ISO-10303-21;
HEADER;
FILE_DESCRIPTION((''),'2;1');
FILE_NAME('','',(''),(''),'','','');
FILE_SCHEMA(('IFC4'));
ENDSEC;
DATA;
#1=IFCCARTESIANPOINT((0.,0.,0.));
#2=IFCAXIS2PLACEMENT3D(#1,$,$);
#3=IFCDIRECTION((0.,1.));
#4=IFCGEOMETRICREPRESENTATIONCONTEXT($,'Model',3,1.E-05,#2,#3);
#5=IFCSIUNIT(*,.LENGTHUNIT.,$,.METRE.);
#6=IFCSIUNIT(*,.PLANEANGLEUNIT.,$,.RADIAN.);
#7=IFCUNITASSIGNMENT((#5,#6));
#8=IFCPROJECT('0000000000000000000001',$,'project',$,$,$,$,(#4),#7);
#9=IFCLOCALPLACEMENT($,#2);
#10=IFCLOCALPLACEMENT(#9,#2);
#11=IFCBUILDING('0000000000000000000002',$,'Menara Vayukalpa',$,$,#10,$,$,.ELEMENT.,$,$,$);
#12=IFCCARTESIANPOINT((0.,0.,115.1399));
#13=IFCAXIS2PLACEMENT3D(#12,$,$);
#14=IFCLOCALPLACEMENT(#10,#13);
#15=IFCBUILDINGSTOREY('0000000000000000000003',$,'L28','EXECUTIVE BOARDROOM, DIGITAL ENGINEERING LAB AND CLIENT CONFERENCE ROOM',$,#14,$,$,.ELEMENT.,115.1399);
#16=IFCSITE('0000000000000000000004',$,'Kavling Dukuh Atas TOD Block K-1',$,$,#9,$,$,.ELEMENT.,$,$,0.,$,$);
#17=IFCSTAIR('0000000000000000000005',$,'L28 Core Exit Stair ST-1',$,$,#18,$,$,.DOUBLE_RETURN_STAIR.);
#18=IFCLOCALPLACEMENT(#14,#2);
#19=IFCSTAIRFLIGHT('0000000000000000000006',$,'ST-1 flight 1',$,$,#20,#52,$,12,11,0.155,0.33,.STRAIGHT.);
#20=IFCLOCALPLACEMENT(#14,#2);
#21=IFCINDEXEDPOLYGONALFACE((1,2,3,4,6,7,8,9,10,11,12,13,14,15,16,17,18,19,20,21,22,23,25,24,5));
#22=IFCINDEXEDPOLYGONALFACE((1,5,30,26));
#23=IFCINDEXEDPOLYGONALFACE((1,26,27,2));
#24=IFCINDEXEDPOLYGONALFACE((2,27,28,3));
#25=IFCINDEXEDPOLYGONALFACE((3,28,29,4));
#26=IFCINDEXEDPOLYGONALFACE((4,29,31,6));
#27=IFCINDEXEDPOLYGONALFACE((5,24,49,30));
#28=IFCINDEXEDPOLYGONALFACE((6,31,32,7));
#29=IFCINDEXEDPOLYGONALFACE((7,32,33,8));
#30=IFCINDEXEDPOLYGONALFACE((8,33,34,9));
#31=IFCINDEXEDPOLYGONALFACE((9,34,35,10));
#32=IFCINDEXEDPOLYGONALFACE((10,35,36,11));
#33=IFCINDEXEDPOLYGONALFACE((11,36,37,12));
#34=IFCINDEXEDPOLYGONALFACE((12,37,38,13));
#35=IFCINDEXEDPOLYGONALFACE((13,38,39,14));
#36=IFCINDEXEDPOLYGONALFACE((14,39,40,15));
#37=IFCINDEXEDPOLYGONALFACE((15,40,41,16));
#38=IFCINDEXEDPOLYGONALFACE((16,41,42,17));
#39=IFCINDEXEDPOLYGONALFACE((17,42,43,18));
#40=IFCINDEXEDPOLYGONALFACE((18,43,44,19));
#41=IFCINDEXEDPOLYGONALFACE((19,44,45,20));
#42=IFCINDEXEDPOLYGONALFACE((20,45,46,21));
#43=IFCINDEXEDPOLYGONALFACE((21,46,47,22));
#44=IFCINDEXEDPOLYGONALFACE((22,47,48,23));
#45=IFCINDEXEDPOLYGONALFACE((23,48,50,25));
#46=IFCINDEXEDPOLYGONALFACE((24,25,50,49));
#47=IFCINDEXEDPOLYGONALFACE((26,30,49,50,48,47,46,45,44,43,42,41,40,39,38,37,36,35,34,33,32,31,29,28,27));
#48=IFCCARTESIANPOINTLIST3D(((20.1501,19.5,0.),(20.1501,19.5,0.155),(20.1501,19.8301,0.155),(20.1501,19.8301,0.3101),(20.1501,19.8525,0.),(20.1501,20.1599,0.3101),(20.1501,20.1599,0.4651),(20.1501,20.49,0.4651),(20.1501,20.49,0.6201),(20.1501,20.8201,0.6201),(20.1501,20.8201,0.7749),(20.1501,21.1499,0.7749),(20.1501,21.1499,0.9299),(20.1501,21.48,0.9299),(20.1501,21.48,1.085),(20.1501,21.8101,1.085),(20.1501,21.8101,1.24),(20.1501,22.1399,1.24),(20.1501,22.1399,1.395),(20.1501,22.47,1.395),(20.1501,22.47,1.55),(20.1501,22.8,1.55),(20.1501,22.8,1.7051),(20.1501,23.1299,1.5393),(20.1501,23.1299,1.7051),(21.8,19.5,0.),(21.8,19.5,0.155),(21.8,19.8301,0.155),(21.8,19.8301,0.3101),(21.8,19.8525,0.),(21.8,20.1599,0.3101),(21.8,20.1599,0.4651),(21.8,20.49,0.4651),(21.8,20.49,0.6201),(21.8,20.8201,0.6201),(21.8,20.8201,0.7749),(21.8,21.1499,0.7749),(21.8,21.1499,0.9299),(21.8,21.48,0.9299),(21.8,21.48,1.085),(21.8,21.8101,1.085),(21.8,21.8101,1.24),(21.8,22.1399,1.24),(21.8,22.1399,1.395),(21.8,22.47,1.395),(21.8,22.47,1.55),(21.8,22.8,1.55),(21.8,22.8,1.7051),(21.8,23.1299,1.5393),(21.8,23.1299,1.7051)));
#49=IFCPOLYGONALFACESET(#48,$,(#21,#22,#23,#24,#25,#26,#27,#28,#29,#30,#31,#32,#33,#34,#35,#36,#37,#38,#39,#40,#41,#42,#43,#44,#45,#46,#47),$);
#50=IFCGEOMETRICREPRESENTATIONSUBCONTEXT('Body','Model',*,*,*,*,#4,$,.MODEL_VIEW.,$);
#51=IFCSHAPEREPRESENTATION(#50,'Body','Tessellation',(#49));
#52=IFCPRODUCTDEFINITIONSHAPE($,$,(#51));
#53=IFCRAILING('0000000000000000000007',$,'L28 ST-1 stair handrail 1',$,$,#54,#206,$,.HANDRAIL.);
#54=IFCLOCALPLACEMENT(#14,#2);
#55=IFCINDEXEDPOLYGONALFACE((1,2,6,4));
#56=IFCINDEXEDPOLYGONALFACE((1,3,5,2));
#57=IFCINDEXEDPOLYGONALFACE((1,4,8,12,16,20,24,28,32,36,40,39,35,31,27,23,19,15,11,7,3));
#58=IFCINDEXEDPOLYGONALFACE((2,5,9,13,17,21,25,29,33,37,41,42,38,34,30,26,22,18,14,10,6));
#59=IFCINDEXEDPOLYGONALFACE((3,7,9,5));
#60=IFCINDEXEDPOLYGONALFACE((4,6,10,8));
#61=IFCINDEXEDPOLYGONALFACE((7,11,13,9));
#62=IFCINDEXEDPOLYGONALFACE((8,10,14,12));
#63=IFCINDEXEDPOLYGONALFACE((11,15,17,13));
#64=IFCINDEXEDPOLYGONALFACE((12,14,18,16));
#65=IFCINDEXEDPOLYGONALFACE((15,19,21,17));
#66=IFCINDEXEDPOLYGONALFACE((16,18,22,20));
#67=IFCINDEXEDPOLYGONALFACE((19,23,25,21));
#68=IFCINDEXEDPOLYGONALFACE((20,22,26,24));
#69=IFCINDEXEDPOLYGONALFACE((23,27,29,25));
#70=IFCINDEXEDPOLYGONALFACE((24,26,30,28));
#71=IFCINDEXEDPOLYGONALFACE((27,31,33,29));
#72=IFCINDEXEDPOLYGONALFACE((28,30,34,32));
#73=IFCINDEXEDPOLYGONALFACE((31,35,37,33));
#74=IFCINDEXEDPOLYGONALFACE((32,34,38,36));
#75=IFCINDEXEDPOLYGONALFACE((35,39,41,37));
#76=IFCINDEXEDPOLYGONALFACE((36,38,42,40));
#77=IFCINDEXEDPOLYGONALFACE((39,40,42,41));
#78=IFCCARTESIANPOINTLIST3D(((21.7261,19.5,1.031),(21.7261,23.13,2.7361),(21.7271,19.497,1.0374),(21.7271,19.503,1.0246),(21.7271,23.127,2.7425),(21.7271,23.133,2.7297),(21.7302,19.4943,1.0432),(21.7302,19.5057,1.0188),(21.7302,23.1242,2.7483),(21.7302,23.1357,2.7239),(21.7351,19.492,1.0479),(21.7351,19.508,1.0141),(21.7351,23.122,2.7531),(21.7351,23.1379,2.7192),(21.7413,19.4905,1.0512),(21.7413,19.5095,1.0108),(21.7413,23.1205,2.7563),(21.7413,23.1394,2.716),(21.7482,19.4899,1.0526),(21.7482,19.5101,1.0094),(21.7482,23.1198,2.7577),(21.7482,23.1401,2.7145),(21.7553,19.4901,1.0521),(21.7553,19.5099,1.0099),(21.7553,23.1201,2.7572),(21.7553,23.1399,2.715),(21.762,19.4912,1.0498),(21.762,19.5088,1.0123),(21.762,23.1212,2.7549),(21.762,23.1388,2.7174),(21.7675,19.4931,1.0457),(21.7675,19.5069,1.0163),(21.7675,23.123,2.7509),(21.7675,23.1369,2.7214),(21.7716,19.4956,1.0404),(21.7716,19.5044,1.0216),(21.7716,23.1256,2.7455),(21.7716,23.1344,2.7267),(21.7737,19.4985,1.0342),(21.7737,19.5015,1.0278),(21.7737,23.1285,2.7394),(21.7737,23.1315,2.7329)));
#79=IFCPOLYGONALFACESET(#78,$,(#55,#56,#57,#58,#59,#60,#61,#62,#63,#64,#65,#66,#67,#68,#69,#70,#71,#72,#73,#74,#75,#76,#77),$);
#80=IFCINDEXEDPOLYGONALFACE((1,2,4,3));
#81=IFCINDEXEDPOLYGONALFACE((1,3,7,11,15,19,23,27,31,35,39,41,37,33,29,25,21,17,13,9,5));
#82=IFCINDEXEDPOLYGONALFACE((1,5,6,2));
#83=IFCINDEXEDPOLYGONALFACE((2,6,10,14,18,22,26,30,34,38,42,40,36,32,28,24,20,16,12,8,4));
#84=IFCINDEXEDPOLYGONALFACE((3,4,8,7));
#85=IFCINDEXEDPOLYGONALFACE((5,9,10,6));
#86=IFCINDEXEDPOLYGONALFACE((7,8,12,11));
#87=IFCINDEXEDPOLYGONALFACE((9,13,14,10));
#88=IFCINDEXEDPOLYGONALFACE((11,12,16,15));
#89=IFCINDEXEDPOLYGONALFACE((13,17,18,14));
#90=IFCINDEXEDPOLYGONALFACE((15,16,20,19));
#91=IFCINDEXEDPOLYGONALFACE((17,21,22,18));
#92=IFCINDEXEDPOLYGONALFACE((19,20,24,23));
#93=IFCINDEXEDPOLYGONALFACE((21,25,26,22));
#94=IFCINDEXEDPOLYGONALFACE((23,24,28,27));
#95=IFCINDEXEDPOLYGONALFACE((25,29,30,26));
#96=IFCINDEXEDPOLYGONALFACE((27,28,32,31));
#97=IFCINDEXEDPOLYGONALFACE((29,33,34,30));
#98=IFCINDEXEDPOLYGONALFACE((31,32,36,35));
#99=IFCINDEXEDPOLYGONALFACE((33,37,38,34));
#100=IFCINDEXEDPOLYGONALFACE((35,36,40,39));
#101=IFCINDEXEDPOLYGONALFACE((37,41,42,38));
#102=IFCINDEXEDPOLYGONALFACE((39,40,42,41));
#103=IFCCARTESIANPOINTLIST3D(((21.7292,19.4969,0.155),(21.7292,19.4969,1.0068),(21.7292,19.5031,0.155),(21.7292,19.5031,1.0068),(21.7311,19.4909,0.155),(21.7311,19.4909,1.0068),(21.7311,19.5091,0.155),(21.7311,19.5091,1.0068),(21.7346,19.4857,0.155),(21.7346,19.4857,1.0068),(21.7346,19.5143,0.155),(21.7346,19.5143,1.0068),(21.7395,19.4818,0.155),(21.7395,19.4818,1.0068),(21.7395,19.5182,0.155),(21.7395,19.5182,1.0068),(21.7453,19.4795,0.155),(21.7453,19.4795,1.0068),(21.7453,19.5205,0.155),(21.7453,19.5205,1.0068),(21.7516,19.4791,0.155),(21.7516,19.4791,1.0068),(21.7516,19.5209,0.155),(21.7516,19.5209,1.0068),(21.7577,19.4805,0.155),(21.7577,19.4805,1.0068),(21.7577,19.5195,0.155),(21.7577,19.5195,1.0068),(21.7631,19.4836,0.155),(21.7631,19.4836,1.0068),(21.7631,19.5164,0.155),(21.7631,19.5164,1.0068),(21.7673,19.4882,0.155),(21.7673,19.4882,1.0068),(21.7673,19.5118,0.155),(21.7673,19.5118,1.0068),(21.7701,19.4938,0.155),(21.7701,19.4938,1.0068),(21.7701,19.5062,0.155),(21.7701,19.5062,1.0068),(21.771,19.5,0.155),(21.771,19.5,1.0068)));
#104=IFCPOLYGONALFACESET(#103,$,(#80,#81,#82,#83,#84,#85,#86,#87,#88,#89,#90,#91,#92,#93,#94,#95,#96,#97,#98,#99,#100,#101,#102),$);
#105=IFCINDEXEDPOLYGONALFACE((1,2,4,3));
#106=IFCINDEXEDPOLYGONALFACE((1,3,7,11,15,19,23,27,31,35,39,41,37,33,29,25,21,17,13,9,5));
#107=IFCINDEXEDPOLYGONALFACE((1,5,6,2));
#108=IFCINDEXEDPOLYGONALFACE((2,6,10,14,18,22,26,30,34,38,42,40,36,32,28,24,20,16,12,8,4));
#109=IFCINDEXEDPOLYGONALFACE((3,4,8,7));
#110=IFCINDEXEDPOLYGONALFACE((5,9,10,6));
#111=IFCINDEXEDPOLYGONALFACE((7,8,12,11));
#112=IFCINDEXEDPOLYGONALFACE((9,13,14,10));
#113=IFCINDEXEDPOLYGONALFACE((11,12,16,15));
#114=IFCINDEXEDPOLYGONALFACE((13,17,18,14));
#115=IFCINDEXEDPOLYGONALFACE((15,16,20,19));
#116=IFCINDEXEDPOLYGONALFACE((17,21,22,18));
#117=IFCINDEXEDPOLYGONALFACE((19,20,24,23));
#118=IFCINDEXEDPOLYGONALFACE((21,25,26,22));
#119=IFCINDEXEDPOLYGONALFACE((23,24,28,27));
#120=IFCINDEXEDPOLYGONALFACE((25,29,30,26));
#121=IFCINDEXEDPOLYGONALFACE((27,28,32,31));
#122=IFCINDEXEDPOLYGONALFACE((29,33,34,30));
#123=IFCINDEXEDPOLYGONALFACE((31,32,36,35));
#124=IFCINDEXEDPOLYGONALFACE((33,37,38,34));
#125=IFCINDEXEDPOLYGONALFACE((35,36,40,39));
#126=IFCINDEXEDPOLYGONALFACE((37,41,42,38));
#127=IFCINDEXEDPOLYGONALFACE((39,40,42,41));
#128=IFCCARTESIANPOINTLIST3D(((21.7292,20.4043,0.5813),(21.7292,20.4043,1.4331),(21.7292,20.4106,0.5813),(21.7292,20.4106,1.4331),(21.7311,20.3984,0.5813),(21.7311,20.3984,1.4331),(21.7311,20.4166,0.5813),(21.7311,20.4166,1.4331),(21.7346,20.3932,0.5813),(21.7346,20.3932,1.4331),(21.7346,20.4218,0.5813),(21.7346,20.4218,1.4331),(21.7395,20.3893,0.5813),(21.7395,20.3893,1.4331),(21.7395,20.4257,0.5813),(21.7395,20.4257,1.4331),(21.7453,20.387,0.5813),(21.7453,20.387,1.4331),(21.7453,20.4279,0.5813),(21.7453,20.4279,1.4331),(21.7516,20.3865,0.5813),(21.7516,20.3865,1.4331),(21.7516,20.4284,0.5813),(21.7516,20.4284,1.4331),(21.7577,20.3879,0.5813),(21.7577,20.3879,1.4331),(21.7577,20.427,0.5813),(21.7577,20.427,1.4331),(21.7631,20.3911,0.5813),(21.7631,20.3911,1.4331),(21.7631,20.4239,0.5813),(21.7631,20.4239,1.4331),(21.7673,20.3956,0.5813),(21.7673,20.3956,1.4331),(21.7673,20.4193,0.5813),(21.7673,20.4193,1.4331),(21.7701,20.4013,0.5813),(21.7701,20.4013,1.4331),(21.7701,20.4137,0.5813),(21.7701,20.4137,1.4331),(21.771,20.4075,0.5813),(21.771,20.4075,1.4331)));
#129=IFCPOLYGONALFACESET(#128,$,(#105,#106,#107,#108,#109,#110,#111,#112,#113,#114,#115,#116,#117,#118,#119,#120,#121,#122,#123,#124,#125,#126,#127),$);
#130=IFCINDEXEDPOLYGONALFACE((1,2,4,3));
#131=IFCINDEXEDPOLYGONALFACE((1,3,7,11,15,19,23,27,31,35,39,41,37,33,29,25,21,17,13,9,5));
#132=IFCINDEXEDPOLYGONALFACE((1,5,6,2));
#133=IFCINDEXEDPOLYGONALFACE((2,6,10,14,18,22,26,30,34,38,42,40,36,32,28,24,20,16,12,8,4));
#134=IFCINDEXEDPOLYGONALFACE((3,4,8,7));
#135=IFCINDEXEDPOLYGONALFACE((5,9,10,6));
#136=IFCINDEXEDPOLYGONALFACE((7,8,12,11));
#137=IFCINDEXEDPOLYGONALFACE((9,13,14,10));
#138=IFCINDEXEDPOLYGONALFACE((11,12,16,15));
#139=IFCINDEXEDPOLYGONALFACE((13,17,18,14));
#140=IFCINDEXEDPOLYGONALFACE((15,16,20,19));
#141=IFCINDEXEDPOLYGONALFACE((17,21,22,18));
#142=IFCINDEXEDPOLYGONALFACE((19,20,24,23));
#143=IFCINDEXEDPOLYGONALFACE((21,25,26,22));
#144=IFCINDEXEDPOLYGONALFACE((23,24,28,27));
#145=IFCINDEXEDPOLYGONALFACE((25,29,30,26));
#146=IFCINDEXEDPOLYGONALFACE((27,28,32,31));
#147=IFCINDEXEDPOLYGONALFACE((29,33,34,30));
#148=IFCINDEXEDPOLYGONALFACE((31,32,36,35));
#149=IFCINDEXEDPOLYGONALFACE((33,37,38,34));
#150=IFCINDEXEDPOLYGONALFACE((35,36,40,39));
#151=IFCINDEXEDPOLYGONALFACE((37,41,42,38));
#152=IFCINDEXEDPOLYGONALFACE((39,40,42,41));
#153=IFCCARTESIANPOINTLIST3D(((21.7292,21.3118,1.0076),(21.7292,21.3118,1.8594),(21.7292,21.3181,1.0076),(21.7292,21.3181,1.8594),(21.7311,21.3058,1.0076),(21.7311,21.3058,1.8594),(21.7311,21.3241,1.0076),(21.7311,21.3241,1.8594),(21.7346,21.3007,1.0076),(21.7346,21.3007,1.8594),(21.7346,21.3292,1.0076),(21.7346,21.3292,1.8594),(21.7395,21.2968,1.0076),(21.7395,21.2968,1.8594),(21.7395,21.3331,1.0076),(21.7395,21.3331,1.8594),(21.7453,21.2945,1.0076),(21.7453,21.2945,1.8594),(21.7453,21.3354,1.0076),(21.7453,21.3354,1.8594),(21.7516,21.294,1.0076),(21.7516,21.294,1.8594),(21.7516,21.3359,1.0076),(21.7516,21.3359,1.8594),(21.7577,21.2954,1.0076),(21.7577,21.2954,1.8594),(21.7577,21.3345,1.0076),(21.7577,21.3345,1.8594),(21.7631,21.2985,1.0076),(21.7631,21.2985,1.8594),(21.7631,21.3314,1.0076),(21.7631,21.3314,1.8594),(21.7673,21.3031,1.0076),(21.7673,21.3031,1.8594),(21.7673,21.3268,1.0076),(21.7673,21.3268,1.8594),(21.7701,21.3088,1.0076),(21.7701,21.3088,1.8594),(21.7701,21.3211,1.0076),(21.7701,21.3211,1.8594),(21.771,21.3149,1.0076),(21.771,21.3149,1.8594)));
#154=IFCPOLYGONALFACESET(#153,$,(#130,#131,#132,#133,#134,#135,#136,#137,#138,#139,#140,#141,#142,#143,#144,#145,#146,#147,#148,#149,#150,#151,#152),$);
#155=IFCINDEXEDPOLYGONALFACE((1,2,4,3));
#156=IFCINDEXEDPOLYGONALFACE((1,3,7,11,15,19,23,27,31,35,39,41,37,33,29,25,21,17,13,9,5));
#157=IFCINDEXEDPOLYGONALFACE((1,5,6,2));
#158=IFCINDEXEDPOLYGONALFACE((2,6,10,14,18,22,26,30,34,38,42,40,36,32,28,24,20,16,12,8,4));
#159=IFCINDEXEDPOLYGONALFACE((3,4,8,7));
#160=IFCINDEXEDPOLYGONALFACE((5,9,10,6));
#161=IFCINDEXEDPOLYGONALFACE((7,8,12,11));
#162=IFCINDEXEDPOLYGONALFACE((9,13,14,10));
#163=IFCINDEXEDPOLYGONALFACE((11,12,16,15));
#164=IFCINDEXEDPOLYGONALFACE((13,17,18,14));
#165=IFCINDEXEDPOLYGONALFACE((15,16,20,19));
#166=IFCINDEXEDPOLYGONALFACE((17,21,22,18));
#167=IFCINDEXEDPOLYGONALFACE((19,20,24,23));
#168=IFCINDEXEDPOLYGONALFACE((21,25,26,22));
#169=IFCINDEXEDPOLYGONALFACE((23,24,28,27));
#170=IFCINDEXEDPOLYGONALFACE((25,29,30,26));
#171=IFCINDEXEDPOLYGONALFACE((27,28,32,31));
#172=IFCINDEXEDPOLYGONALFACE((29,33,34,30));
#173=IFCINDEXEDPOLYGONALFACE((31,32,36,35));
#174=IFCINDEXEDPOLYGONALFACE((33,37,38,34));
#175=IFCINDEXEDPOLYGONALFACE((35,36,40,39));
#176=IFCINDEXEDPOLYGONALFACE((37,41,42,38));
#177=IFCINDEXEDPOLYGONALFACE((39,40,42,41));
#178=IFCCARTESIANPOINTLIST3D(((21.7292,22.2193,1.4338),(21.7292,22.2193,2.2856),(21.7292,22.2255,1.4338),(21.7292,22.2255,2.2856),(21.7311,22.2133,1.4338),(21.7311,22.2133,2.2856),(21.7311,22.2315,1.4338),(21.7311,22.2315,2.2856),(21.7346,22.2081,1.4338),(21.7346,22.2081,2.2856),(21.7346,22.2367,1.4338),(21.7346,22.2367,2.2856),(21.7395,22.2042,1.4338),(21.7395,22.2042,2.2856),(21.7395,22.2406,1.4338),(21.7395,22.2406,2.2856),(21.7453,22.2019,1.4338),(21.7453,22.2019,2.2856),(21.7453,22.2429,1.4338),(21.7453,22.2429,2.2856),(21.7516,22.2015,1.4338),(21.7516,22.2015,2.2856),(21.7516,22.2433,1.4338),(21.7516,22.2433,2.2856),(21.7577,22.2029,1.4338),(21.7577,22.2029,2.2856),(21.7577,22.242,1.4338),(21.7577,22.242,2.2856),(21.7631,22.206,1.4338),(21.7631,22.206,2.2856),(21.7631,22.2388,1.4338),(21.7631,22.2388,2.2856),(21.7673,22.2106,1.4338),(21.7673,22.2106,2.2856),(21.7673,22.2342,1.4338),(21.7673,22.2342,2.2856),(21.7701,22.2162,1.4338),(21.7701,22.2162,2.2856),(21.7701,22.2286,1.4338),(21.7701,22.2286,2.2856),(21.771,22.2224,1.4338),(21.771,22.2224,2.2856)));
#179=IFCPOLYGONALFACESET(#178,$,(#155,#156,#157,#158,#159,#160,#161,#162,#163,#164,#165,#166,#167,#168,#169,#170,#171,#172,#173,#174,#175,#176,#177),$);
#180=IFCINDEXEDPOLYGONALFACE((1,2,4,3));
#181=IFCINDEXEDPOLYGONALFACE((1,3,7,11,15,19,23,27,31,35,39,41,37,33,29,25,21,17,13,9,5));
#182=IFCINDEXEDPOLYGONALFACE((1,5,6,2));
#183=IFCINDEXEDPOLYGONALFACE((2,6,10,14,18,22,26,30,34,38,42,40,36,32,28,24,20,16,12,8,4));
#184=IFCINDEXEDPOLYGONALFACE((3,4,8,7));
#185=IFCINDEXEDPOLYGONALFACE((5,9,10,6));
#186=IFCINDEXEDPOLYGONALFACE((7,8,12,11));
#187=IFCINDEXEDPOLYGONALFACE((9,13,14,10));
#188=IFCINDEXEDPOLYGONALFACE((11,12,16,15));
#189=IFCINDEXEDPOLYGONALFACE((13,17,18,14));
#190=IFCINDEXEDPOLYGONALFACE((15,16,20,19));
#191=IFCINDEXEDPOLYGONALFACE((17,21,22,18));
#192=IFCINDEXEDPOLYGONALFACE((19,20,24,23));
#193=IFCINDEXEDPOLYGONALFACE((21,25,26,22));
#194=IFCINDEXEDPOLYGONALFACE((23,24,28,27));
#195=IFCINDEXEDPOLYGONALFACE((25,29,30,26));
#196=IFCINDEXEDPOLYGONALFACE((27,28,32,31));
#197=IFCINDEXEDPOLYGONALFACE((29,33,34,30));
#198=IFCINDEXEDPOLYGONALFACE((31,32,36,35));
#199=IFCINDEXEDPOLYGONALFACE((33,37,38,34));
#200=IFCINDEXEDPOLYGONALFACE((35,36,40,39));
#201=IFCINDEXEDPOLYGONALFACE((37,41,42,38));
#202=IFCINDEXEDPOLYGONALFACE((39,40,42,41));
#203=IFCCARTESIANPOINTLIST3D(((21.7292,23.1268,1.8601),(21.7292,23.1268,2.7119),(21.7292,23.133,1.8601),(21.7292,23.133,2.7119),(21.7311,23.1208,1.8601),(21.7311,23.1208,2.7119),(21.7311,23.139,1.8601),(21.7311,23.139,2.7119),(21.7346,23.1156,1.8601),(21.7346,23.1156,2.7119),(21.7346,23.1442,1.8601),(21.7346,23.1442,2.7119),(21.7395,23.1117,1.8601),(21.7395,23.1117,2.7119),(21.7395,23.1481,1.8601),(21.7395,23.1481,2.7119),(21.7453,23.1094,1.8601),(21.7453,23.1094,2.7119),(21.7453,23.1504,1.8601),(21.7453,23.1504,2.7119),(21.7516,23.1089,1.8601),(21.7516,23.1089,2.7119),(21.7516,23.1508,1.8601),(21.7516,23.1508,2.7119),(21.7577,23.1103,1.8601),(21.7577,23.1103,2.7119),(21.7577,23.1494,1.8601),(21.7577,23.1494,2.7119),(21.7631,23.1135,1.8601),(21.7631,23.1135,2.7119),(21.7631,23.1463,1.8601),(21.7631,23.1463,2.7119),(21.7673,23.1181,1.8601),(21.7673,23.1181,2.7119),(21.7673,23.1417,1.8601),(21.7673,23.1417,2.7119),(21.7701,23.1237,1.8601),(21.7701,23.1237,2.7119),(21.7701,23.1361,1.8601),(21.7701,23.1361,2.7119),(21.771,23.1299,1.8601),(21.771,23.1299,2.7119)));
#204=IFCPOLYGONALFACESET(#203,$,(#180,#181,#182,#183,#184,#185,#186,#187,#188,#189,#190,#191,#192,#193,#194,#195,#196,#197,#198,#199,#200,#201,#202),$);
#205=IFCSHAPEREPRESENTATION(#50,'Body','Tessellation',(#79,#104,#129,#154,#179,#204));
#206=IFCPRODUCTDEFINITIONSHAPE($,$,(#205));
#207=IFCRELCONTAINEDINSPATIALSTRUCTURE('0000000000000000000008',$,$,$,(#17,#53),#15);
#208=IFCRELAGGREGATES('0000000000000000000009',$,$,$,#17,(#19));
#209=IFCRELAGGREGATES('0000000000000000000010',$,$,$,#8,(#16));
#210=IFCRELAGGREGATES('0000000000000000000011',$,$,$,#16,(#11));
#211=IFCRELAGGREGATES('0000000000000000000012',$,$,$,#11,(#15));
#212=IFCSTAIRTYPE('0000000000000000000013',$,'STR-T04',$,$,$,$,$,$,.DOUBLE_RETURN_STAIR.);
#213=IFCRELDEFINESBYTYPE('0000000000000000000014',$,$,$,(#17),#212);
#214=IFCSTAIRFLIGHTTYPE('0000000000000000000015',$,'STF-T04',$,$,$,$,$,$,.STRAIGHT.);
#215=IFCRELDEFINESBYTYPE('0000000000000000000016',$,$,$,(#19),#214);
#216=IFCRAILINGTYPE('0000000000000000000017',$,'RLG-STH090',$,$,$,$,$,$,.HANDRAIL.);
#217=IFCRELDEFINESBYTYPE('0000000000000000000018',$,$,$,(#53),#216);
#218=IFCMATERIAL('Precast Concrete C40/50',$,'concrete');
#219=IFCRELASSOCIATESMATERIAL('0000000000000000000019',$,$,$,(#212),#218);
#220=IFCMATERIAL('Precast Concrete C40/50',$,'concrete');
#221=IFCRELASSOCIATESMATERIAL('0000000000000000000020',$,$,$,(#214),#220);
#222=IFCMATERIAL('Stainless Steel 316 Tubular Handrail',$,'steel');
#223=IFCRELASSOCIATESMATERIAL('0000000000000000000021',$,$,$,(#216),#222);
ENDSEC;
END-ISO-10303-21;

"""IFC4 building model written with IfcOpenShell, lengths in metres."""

from ifc_helpers import new_model, si_unit, direction, frame, origin, origin_2d, place, context, subcontext, project, spatial, polyline, circle, outline, extrude, material, type_object, element, aggregate, save


model = new_model("IFC4")

# Units and contexts
model_context = context("Model", 3, precision=1e-05, world=origin(), true_north=direction((0.0, 1.0)))
body_context = subcontext(model_context, "Body", "Model", "MODEL_VIEW")
ifc_project = project(units=[si_unit("LENGTHUNIT", "METRE"), si_unit("PLANEANGLEUNIT", "RADIAN")], contexts=[model_context])

# Site, building, storey
site_placement = place(None, origin())
site = spatial("IfcSite", under=ifc_project, at=site_placement, Name="Kavling Dukuh Atas TOD Block K-1", CompositionType="ELEMENT", RefElevation=0.0)
building_placement = place(site_placement, origin())
building = spatial("IfcBuilding", under=site, at=building_placement, Name="Menara Vayukalpa", CompositionType="ELEMENT")
storey_placement = place(building_placement, frame((0.0, 0.0, 115.1399)))
storey = spatial("IfcBuildingStorey", under=building, at=storey_placement, Name="L28", Description="EXECUTIVE BOARDROOM, DIGITAL ENGINEERING LAB AND CLIENT CONFERENCE ROOM", CompositionType="ELEMENT", Elevation=115.1399)

# Stair, stair flight
ifc_material_1 = material(Name="Precast Concrete C40/50", Category="concrete")
stair_type = type_object("IfcStairType", Name="STR-T04", PredefinedType="DOUBLE_RETURN_STAIR", material=ifc_material_1)
stair_placement = place(storey_placement, origin())
stair = element("IfcStair", 1, at=stair_placement, inside=storey, type_object=stair_type, Name="L28 Core Exit Stair ST-1", PredefinedType="DOUBLE_RETURN_STAIR")
ifc_material_2 = material(Name="Precast Concrete C40/50", Category="concrete")
stair_flight_type = type_object("IfcStairFlightType", Name="STF-T04", PredefinedType="STRAIGHT", material=ifc_material_2)
stair_flight_placement = place(storey_placement, frame((20.9751, 19.5, 0.0), z_axis=(0.0, 0.0, 1.0), x_axis=(0.0, 1.0, 0.0)))
stair_flight = element("IfcStairFlight", 2, at=stair_flight_placement, type_object=stair_flight_type, Name="ST-1 flight 1", NumberOfRisers=12, NumberOfTreads=11, PredefinedType="STRAIGHT", RiserHeight=0.155, TreadLength=0.33, context=body_context, shape_type="SweptSolid", body=[
    extrude(outline(polyline([(0.0, 0.0), (0.0, 0.155), (0.3301, 0.155), (0.3301, 0.3101), (0.6599, 0.3101), (0.6599, 0.4651), (0.99, 0.4651), (0.99, 0.6201), (1.3201, 0.6201), (1.3201, 0.7749), (1.6499, 0.7749), (1.6499, 0.9299), (1.98, 0.9299), (1.98, 1.085), (2.3101, 1.085), (2.3101, 1.24), (2.6399, 1.24), (2.6399, 1.395), (2.97, 1.395), (2.97, 1.55), (3.3, 1.55), (3.3, 1.7051), (3.6299, 1.7051), (3.6299, 1.8601), (3.6299, 1.5393), (0.3525, 0.0), (0.0, 0.0)])), frame((0.0, 0.825, 0.0), z_axis=(0.0, -1.0, 0.0), x_axis=(1.0, 0.0, 0.0)), (0.0, 0.0, 1.0), 1.6499),
])
aggregate(stair, [stair_flight])

# Railing
ifc_material_3 = material(Name="Stainless Steel 316 Tubular Handrail", Category="steel")
railing_type = type_object("IfcRailingType", Name="RLG-STH090", PredefinedType="HANDRAIL", material=ifc_material_3)
railing_placement = place(storey_placement, frame((21.75, 19.5, 0.155)))
element("IfcRailing", 3, at=railing_placement, inside=storey, type_object=railing_type, Name="L28 ST-1 stair handrail 1", PredefinedType="HANDRAIL", context=body_context, shape_type="SweptSolid", body=[
    extrude(circle(Radius=0.0239, at=origin_2d()), frame((0.0, 0.0, 0.876), z_axis=(0.0, 0.905116, 0.425164), x_axis=(-1.0, 0.0, 0.0)), (0.0, 0.0, 1.0), 4.0105),
    extrude(circle(Radius=0.021, at=origin_2d()), origin(), (0.0, 0.0, 1.0), 0.8518),
    extrude(circle(Radius=0.021, at=origin_2d()), frame((0.0, 0.9075, 0.4263)), (0.0, 0.0, 1.0), 0.8518),
    extrude(circle(Radius=0.021, at=origin_2d()), frame((0.0, 1.8149, 0.8525)), (0.0, 0.0, 1.0), 0.8518),
    extrude(circle(Radius=0.021, at=origin_2d()), frame((0.0, 2.7224, 1.2788)), (0.0, 0.0, 1.0), 0.8518),
    extrude(circle(Radius=0.021, at=origin_2d()), frame((0.0, 3.6299, 1.7051)), (0.0, 0.0, 1.0), 0.8518),
])

save(model, "model.ifc")
